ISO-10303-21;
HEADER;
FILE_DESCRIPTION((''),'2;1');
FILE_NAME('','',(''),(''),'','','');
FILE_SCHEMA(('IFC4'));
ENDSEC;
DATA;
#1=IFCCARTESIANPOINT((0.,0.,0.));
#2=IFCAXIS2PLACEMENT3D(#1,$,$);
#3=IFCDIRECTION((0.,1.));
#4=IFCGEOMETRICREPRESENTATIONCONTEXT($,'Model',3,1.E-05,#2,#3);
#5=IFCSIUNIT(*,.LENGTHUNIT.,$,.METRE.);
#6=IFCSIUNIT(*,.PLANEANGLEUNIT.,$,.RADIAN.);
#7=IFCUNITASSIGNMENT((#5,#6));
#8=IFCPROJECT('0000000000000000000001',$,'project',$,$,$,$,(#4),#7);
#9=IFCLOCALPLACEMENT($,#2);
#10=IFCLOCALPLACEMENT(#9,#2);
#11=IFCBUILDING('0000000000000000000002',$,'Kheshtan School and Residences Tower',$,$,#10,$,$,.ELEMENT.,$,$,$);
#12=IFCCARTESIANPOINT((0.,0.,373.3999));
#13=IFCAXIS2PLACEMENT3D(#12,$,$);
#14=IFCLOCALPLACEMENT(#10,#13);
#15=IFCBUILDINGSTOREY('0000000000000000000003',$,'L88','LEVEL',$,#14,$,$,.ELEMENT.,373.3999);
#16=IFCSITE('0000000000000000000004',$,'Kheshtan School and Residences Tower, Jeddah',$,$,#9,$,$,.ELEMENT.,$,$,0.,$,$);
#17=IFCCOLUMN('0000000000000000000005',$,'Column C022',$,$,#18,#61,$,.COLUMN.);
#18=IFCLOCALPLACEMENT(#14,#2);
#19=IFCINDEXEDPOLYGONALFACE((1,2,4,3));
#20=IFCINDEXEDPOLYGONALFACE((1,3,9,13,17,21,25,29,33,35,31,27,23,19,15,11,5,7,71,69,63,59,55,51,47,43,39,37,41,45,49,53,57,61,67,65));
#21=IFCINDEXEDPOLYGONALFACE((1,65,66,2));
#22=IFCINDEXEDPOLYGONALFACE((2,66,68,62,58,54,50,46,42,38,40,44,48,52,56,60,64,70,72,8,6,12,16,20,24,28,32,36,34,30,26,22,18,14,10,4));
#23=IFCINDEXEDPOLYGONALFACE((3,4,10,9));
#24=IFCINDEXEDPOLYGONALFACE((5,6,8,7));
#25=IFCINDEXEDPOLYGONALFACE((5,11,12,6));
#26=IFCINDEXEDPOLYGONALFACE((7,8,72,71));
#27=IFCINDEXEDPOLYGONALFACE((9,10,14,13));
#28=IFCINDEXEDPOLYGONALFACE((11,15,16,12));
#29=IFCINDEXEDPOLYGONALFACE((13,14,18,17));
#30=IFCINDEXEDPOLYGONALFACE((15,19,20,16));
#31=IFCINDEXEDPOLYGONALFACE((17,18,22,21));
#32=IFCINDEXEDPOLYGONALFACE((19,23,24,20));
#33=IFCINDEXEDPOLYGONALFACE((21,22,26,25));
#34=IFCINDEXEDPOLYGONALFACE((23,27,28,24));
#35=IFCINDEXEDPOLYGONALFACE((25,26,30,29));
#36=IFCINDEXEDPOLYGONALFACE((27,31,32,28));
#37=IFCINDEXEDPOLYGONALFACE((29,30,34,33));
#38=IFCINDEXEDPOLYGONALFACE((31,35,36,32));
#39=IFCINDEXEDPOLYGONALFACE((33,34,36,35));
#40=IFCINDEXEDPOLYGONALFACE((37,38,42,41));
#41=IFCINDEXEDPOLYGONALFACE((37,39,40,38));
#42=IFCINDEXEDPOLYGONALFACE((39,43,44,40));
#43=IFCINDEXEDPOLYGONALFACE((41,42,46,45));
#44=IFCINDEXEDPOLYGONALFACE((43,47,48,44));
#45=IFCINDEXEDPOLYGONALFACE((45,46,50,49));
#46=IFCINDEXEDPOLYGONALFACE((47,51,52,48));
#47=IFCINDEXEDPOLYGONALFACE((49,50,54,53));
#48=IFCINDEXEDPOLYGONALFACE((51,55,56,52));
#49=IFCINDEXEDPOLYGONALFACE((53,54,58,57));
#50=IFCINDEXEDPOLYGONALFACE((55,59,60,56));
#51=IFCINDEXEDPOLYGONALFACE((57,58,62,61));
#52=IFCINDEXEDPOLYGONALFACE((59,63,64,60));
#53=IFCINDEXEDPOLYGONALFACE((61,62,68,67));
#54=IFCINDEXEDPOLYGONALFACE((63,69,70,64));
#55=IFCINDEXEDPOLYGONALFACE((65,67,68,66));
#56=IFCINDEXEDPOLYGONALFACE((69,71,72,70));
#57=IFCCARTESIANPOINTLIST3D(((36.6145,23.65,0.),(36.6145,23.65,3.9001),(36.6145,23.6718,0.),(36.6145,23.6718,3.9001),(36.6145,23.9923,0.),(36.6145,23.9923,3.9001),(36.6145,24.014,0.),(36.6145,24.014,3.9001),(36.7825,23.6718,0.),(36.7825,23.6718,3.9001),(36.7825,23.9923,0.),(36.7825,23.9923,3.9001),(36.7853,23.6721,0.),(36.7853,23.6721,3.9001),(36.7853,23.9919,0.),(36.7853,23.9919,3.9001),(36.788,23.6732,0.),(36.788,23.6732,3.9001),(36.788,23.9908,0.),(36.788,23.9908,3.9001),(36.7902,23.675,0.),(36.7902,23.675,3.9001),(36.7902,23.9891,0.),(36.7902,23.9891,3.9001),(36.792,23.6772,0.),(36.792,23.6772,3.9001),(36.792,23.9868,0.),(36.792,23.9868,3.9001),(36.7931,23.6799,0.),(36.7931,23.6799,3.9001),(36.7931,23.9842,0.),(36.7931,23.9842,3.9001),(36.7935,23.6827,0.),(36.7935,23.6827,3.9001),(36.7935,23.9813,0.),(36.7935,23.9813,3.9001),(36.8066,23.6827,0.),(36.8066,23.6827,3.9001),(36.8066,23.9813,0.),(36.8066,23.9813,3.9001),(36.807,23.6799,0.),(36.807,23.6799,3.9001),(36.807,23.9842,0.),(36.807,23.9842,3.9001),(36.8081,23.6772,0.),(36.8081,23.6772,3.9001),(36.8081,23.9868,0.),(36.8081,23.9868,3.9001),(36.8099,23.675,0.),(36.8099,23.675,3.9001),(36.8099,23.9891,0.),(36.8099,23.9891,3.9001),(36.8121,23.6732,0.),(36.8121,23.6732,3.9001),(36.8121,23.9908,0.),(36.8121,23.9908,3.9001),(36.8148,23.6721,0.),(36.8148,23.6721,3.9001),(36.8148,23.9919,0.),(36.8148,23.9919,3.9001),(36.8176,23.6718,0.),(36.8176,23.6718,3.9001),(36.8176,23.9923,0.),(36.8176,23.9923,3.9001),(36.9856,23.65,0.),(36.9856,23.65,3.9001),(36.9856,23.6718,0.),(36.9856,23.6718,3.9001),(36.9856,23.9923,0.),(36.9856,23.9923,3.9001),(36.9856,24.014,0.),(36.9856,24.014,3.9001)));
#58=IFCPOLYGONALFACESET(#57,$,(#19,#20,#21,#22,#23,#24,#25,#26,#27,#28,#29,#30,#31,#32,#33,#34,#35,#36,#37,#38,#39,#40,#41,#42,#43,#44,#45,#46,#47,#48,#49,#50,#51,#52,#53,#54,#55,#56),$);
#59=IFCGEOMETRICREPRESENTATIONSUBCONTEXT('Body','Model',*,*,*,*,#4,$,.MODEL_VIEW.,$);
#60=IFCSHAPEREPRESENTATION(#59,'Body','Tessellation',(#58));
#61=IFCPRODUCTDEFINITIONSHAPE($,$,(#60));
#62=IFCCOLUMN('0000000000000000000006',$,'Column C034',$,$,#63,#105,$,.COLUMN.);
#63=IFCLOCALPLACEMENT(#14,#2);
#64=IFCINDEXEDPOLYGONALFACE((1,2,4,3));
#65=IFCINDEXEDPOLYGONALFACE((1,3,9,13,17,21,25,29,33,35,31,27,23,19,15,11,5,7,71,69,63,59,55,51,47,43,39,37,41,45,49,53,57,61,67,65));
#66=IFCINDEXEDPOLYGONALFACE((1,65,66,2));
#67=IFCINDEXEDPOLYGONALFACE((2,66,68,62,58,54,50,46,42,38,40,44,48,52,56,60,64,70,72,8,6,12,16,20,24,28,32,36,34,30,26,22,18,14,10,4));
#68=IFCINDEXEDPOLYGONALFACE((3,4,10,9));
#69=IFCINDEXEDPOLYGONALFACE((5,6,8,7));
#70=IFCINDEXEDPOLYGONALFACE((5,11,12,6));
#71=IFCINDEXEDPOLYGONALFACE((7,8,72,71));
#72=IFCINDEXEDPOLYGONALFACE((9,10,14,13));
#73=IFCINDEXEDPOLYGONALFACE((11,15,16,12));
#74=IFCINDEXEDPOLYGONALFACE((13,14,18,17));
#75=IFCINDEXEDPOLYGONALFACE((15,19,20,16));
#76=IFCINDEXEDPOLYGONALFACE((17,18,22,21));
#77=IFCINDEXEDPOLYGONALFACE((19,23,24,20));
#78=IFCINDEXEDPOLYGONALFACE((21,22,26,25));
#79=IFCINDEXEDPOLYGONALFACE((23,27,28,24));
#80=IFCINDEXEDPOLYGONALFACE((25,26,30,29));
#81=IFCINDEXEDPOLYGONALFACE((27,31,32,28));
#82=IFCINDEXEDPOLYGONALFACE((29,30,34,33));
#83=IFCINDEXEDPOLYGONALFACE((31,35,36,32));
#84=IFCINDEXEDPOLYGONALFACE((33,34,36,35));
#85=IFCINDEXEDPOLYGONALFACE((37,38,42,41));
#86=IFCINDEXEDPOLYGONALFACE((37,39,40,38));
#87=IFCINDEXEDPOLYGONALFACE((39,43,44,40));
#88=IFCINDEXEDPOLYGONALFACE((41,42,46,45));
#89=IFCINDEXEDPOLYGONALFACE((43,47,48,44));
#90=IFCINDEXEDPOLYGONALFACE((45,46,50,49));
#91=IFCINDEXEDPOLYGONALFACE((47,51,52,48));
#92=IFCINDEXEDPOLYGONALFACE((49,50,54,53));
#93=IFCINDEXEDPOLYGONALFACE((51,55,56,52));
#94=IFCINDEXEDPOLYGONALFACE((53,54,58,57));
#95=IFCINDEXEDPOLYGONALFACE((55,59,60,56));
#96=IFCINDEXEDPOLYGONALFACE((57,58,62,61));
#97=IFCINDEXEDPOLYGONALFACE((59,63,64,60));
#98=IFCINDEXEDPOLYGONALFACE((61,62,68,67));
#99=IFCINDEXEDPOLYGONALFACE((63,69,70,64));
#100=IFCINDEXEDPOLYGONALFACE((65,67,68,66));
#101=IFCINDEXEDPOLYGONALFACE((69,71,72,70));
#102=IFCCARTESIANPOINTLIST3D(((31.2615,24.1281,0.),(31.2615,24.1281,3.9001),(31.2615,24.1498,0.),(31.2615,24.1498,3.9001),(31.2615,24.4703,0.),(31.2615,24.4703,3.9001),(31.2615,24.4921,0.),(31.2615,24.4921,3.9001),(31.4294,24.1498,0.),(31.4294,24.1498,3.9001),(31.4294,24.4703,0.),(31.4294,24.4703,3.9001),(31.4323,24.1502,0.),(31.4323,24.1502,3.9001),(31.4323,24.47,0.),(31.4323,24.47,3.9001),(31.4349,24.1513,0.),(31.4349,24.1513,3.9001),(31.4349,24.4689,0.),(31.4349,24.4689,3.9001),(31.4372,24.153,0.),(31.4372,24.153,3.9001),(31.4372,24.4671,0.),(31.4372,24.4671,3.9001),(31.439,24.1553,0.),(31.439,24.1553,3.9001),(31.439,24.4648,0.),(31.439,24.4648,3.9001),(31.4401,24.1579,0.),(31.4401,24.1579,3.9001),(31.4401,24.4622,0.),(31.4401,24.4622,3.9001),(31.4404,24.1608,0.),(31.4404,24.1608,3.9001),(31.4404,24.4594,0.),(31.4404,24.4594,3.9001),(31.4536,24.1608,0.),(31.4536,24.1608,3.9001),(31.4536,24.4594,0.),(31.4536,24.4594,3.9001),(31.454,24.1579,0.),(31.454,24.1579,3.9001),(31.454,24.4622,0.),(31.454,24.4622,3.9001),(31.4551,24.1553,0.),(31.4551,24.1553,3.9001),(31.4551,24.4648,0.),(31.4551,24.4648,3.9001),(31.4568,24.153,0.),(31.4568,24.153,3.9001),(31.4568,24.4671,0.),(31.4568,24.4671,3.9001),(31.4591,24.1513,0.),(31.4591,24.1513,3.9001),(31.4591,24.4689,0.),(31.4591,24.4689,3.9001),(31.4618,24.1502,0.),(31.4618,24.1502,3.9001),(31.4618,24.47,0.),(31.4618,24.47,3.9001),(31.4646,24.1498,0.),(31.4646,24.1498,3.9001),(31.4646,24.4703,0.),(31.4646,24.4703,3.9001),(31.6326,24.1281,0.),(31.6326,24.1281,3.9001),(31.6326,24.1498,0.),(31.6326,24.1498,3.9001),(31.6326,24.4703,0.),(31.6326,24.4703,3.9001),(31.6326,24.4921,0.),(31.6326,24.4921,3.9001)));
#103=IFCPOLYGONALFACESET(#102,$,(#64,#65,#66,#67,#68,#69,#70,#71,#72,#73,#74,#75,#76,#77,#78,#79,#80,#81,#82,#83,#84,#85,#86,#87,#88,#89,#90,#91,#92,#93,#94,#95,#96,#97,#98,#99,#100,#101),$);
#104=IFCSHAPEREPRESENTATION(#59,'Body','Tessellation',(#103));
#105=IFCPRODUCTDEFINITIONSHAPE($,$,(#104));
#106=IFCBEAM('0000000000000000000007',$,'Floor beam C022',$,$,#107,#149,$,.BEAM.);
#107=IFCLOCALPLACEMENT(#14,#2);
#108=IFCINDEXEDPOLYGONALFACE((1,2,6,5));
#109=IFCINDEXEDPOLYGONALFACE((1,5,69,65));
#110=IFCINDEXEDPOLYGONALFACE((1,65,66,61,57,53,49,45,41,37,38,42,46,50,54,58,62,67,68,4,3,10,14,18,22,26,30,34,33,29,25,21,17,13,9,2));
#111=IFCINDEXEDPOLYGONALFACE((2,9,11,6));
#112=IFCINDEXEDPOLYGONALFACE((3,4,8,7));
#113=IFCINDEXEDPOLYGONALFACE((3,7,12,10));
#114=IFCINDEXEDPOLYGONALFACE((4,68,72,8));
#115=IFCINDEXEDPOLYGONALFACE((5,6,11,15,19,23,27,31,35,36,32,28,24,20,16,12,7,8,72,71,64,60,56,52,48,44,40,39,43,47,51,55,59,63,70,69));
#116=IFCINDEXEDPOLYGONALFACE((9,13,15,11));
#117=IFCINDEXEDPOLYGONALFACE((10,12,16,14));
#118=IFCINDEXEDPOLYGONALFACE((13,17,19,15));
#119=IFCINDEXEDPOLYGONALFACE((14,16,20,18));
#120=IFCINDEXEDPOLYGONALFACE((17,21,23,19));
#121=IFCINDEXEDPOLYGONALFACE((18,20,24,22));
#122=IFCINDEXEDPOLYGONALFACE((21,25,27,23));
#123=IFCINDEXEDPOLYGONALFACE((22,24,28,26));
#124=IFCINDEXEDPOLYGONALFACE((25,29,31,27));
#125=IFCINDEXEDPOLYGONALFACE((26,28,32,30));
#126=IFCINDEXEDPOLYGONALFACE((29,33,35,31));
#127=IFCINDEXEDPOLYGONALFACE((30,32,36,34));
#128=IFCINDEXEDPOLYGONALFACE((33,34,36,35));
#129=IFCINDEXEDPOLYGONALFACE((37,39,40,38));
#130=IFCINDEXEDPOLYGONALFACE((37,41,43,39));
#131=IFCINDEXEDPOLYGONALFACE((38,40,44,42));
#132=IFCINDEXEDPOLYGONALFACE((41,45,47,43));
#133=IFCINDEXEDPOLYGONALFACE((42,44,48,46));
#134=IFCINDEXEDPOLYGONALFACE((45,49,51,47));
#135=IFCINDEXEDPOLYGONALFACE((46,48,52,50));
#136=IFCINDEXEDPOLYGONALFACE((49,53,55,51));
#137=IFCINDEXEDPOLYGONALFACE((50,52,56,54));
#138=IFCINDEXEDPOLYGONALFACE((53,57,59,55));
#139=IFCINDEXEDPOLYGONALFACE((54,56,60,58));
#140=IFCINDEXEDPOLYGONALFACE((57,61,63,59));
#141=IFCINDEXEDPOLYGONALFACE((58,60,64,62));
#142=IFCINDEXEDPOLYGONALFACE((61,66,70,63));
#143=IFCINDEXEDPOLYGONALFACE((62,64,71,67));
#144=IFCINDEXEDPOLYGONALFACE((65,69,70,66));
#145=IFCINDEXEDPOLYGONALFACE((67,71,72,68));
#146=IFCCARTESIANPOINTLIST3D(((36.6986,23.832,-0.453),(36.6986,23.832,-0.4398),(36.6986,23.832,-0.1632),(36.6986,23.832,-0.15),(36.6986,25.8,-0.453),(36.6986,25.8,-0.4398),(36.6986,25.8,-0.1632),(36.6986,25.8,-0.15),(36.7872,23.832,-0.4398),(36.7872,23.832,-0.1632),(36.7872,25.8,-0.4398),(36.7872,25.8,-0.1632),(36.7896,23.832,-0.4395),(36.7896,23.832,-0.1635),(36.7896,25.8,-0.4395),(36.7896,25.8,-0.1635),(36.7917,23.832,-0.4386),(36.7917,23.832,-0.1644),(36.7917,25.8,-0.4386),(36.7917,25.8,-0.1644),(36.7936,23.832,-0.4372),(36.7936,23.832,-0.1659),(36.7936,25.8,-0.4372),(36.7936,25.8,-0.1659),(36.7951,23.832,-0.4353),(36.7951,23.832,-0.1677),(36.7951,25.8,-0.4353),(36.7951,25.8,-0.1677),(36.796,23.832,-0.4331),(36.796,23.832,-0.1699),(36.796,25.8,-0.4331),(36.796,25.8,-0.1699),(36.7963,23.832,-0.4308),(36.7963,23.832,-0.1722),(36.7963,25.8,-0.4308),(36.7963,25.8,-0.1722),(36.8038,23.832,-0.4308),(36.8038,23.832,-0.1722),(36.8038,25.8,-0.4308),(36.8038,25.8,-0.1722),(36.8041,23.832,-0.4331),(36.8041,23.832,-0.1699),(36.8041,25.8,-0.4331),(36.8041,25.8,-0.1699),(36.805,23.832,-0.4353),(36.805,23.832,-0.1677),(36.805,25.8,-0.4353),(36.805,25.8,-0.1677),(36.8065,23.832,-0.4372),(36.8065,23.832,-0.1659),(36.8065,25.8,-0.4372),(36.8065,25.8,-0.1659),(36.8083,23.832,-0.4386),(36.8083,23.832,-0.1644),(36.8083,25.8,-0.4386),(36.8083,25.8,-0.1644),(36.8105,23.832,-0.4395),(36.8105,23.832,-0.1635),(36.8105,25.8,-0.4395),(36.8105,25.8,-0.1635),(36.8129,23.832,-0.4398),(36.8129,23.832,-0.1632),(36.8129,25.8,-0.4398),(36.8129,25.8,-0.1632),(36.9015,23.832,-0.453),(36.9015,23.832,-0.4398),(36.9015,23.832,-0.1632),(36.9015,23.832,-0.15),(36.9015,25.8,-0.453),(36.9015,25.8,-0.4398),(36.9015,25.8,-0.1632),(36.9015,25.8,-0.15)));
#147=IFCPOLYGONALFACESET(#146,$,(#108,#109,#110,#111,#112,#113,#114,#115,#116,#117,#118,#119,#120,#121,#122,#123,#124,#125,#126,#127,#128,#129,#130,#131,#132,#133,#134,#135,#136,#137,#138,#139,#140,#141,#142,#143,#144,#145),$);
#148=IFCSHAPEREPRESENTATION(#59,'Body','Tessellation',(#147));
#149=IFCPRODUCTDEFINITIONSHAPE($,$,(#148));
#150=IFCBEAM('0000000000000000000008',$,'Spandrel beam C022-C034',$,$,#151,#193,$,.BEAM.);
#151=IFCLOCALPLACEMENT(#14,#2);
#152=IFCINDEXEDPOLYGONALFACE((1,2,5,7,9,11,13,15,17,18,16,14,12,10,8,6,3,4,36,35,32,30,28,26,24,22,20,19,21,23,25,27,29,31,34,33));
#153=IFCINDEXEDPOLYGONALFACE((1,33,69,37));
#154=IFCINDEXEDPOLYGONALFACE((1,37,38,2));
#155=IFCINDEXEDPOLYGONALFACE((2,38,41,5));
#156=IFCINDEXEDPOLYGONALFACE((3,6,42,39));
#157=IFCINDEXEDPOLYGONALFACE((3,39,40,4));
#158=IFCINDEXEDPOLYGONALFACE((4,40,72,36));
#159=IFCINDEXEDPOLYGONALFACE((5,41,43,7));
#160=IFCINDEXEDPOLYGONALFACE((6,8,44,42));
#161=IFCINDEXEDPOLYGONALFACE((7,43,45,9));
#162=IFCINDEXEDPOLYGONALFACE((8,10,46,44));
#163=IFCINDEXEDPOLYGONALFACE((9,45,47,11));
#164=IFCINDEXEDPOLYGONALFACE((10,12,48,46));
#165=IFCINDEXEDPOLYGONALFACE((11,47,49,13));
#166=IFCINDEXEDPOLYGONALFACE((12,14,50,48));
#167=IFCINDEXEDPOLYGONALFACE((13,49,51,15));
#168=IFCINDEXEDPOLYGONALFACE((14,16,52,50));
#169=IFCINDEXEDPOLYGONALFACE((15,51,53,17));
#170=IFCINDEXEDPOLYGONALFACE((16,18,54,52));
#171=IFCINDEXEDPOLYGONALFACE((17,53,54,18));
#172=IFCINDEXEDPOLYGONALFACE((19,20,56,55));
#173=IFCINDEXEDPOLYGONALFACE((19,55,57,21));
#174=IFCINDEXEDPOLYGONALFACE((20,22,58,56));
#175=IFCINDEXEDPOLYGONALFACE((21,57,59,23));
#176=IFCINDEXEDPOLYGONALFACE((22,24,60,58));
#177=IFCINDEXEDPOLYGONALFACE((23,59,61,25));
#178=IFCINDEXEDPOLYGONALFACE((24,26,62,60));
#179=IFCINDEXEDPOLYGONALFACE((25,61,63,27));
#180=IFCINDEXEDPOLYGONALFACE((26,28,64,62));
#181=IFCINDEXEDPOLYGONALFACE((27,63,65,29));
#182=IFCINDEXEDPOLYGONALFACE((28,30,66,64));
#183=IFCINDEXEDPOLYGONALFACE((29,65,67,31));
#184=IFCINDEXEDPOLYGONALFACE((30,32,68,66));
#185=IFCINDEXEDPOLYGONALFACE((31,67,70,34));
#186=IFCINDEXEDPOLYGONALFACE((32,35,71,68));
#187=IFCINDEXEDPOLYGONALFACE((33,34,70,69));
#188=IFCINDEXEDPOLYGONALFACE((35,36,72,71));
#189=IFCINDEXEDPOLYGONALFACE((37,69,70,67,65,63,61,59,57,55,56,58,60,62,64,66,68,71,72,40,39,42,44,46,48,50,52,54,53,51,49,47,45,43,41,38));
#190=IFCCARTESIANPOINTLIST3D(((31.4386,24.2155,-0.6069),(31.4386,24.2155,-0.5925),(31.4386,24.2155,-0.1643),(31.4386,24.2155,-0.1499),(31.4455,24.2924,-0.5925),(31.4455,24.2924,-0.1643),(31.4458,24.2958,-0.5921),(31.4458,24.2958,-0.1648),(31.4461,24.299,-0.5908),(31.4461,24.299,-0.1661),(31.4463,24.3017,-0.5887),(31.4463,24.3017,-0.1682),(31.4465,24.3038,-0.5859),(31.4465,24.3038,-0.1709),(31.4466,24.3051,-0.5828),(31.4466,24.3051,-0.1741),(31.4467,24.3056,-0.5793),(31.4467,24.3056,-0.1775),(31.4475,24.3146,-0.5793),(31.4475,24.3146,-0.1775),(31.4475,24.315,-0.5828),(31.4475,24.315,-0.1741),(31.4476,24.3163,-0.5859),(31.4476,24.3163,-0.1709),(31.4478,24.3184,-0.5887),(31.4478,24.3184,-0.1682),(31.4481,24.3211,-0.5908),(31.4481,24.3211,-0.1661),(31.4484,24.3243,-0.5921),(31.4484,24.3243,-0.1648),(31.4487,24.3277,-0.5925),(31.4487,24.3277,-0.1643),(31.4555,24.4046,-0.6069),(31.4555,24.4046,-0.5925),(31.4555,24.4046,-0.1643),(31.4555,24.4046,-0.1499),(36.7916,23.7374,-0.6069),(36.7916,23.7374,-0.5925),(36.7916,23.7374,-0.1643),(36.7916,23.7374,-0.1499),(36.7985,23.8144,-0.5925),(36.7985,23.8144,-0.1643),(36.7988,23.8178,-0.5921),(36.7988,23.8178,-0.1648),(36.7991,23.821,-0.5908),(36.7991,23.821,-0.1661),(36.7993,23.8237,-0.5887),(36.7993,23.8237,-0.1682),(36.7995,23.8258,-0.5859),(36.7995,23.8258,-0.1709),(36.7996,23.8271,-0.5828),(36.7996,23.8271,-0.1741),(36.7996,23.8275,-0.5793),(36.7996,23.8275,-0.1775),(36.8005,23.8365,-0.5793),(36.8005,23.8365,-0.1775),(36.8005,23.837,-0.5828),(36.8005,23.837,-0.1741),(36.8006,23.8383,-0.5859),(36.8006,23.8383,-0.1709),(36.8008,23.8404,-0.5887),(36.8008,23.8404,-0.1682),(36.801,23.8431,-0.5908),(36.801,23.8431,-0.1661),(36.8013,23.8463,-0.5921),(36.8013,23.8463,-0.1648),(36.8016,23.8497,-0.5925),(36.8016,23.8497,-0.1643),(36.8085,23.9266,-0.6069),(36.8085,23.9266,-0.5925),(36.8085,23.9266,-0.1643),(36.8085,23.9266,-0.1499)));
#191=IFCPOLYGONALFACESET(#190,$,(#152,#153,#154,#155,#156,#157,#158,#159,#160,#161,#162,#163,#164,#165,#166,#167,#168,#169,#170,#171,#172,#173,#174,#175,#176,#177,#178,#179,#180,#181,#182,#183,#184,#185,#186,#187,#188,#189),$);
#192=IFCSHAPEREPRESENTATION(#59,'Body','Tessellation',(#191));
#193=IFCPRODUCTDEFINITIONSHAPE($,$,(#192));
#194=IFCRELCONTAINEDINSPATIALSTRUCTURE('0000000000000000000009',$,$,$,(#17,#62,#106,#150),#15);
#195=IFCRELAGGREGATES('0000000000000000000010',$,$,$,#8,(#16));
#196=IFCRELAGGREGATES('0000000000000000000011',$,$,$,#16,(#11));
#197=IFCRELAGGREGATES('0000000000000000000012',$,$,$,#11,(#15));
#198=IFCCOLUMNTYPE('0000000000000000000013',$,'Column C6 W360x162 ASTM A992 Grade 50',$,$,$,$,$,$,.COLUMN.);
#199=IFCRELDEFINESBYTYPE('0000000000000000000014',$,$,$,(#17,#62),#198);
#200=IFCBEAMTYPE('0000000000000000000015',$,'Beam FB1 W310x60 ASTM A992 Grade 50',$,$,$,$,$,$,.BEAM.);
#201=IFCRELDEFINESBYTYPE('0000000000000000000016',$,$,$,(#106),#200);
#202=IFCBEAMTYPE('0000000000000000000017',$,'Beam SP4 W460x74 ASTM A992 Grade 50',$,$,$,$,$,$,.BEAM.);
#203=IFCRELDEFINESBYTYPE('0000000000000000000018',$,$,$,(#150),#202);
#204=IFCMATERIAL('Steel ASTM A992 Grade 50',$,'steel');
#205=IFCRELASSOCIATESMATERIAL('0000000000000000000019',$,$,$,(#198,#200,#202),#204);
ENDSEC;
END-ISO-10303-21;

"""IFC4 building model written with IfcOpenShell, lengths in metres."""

from ifc_helpers import new_model, si_unit, direction, frame, origin, origin_2d, place, context, subcontext, project, spatial, i_section, extrude, material, material_profile, profile_set, type_object, element, save


model = new_model("IFC4")

# Units and contexts
model_context = context("Model", 3, precision=1e-05, world=origin(), true_north=direction((0.0, 1.0)))
body_context = subcontext(model_context, "Body", "Model", "MODEL_VIEW")
ifc_project = project(units=[si_unit("LENGTHUNIT", "METRE"), si_unit("PLANEANGLEUNIT", "RADIAN")], contexts=[model_context])

# Site, building, storey
site_placement = place(None, origin())
site = spatial("IfcSite", under=ifc_project, at=site_placement, Name="Kheshtan School and Residences Tower, Jeddah", CompositionType="ELEMENT", RefElevation=0.0)
building_placement = place(site_placement, origin())
building = spatial("IfcBuilding", under=site, at=building_placement, Name="Kheshtan School and Residences Tower", CompositionType="ELEMENT")
storey_placement = place(building_placement, frame((0.0, 0.0, 373.3999)))
storey = spatial("IfcBuildingStorey", under=building, at=storey_placement, Name="L88", Description="LEVEL", CompositionType="ELEMENT", Elevation=373.3999)

# Columns
ifc_material_1 = material(Name="Steel ASTM A992 Grade 50", Category="steel")
ifc_material_profile_1 = material_profile(ifc_material_1, i_section(OverallWidth=0.3711, OverallDepth=0.364, WebThickness=0.0132, FlangeThickness=0.0217, FilletRadius=0.011, at=origin_2d()), Name="W360x162")
ifc_profile_set_1 = profile_set([ifc_material_profile_1], Name="Steel ASTM A992 Grade 50")
column_type = type_object("IfcColumnType", Name="Column C6 W360x162 ASTM A992 Grade 50", PredefinedType="COLUMN", material=ifc_profile_set_1)
for number, where, z_axis, x_axis, name in (
    (1, (36.8, 23.832, 0.0), (0.0, 0.0, 1.0), (1.0, 0.0, 0.0), "Column C022"),
    (2, (31.447, 24.3101, 0.0), (0.0, 0.0, 1.0), (1.0, 0.0, 0.0), "Column C034"),
):
    element("IfcColumn", number, at=place(storey_placement, frame(where, z_axis=z_axis, x_axis=x_axis)), inside=storey, type_object=column_type, Name=name, PredefinedType="COLUMN", context=body_context, shape_type="SweptSolid", body=[
        extrude(i_section(OverallWidth=0.3711, OverallDepth=0.364, WebThickness=0.0132, FlangeThickness=0.0217, FilletRadius=0.011, at=origin_2d()), origin(), (0.0, 0.0, 1.0), 3.9001),
    ])

# Beams
ifc_material_profile_2 = material_profile(ifc_material_1, i_section(OverallWidth=0.2029, OverallDepth=0.303, WebThickness=0.0076, FlangeThickness=0.0132, FilletRadius=0.009, at=origin_2d()), Name="W310x60")
ifc_profile_set_2 = profile_set([ifc_material_profile_2], Name="Steel ASTM A992 Grade 50")
beam_type_1 = type_object("IfcBeamType", Name="Beam FB1 W310x60 ASTM A992 Grade 50", PredefinedType="BEAM", material=ifc_profile_set_2)
beam_1_placement = place(storey_placement, frame((36.8, 23.832, -0.3015), z_axis=(0.0, 1.0, 0.0), x_axis=(-1.0, 0.0, 0.0)))
element("IfcBeam", 3, at=beam_1_placement, inside=storey, type_object=beam_type_1, Name="Floor beam C022", PredefinedType="BEAM", context=body_context, shape_type="SweptSolid", body=[
    extrude(i_section(OverallWidth=0.2029, OverallDepth=0.303, WebThickness=0.0076, FlangeThickness=0.0132, FilletRadius=0.009, at=origin_2d()), origin(), (0.0, 0.0, 1.0), 1.968),
])
ifc_material_profile_3 = material_profile(ifc_material_1, i_section(OverallWidth=0.1899, OverallDepth=0.457, WebThickness=0.009, FlangeThickness=0.0144, FilletRadius=0.0132, at=origin_2d()), Name="W460x74")
ifc_profile_set_3 = profile_set([ifc_material_profile_3], Name="Steel ASTM A992 Grade 50")
beam_type_2 = type_object("IfcBeamType", Name="Beam SP4 W460x74 ASTM A992 Grade 50", PredefinedType="BEAM", material=ifc_profile_set_3)
beam_2_placement = place(storey_placement, frame((36.8, 23.832, -0.3784), z_axis=(-0.996036, 0.088946, 0.0), x_axis=(-0.088946, -0.996036, 0.0)))
element("IfcBeam", 4, at=beam_2_placement, inside=storey, type_object=beam_type_2, Name="Spandrel beam C022-C034", PredefinedType="BEAM", context=body_context, shape_type="SweptSolid", body=[
    extrude(i_section(OverallWidth=0.1899, OverallDepth=0.457, WebThickness=0.009, FlangeThickness=0.0144, FilletRadius=0.0132, at=origin_2d()), origin(), (0.0, 0.0, 1.0), 5.3743),
])

save(model, "model.ifc")
